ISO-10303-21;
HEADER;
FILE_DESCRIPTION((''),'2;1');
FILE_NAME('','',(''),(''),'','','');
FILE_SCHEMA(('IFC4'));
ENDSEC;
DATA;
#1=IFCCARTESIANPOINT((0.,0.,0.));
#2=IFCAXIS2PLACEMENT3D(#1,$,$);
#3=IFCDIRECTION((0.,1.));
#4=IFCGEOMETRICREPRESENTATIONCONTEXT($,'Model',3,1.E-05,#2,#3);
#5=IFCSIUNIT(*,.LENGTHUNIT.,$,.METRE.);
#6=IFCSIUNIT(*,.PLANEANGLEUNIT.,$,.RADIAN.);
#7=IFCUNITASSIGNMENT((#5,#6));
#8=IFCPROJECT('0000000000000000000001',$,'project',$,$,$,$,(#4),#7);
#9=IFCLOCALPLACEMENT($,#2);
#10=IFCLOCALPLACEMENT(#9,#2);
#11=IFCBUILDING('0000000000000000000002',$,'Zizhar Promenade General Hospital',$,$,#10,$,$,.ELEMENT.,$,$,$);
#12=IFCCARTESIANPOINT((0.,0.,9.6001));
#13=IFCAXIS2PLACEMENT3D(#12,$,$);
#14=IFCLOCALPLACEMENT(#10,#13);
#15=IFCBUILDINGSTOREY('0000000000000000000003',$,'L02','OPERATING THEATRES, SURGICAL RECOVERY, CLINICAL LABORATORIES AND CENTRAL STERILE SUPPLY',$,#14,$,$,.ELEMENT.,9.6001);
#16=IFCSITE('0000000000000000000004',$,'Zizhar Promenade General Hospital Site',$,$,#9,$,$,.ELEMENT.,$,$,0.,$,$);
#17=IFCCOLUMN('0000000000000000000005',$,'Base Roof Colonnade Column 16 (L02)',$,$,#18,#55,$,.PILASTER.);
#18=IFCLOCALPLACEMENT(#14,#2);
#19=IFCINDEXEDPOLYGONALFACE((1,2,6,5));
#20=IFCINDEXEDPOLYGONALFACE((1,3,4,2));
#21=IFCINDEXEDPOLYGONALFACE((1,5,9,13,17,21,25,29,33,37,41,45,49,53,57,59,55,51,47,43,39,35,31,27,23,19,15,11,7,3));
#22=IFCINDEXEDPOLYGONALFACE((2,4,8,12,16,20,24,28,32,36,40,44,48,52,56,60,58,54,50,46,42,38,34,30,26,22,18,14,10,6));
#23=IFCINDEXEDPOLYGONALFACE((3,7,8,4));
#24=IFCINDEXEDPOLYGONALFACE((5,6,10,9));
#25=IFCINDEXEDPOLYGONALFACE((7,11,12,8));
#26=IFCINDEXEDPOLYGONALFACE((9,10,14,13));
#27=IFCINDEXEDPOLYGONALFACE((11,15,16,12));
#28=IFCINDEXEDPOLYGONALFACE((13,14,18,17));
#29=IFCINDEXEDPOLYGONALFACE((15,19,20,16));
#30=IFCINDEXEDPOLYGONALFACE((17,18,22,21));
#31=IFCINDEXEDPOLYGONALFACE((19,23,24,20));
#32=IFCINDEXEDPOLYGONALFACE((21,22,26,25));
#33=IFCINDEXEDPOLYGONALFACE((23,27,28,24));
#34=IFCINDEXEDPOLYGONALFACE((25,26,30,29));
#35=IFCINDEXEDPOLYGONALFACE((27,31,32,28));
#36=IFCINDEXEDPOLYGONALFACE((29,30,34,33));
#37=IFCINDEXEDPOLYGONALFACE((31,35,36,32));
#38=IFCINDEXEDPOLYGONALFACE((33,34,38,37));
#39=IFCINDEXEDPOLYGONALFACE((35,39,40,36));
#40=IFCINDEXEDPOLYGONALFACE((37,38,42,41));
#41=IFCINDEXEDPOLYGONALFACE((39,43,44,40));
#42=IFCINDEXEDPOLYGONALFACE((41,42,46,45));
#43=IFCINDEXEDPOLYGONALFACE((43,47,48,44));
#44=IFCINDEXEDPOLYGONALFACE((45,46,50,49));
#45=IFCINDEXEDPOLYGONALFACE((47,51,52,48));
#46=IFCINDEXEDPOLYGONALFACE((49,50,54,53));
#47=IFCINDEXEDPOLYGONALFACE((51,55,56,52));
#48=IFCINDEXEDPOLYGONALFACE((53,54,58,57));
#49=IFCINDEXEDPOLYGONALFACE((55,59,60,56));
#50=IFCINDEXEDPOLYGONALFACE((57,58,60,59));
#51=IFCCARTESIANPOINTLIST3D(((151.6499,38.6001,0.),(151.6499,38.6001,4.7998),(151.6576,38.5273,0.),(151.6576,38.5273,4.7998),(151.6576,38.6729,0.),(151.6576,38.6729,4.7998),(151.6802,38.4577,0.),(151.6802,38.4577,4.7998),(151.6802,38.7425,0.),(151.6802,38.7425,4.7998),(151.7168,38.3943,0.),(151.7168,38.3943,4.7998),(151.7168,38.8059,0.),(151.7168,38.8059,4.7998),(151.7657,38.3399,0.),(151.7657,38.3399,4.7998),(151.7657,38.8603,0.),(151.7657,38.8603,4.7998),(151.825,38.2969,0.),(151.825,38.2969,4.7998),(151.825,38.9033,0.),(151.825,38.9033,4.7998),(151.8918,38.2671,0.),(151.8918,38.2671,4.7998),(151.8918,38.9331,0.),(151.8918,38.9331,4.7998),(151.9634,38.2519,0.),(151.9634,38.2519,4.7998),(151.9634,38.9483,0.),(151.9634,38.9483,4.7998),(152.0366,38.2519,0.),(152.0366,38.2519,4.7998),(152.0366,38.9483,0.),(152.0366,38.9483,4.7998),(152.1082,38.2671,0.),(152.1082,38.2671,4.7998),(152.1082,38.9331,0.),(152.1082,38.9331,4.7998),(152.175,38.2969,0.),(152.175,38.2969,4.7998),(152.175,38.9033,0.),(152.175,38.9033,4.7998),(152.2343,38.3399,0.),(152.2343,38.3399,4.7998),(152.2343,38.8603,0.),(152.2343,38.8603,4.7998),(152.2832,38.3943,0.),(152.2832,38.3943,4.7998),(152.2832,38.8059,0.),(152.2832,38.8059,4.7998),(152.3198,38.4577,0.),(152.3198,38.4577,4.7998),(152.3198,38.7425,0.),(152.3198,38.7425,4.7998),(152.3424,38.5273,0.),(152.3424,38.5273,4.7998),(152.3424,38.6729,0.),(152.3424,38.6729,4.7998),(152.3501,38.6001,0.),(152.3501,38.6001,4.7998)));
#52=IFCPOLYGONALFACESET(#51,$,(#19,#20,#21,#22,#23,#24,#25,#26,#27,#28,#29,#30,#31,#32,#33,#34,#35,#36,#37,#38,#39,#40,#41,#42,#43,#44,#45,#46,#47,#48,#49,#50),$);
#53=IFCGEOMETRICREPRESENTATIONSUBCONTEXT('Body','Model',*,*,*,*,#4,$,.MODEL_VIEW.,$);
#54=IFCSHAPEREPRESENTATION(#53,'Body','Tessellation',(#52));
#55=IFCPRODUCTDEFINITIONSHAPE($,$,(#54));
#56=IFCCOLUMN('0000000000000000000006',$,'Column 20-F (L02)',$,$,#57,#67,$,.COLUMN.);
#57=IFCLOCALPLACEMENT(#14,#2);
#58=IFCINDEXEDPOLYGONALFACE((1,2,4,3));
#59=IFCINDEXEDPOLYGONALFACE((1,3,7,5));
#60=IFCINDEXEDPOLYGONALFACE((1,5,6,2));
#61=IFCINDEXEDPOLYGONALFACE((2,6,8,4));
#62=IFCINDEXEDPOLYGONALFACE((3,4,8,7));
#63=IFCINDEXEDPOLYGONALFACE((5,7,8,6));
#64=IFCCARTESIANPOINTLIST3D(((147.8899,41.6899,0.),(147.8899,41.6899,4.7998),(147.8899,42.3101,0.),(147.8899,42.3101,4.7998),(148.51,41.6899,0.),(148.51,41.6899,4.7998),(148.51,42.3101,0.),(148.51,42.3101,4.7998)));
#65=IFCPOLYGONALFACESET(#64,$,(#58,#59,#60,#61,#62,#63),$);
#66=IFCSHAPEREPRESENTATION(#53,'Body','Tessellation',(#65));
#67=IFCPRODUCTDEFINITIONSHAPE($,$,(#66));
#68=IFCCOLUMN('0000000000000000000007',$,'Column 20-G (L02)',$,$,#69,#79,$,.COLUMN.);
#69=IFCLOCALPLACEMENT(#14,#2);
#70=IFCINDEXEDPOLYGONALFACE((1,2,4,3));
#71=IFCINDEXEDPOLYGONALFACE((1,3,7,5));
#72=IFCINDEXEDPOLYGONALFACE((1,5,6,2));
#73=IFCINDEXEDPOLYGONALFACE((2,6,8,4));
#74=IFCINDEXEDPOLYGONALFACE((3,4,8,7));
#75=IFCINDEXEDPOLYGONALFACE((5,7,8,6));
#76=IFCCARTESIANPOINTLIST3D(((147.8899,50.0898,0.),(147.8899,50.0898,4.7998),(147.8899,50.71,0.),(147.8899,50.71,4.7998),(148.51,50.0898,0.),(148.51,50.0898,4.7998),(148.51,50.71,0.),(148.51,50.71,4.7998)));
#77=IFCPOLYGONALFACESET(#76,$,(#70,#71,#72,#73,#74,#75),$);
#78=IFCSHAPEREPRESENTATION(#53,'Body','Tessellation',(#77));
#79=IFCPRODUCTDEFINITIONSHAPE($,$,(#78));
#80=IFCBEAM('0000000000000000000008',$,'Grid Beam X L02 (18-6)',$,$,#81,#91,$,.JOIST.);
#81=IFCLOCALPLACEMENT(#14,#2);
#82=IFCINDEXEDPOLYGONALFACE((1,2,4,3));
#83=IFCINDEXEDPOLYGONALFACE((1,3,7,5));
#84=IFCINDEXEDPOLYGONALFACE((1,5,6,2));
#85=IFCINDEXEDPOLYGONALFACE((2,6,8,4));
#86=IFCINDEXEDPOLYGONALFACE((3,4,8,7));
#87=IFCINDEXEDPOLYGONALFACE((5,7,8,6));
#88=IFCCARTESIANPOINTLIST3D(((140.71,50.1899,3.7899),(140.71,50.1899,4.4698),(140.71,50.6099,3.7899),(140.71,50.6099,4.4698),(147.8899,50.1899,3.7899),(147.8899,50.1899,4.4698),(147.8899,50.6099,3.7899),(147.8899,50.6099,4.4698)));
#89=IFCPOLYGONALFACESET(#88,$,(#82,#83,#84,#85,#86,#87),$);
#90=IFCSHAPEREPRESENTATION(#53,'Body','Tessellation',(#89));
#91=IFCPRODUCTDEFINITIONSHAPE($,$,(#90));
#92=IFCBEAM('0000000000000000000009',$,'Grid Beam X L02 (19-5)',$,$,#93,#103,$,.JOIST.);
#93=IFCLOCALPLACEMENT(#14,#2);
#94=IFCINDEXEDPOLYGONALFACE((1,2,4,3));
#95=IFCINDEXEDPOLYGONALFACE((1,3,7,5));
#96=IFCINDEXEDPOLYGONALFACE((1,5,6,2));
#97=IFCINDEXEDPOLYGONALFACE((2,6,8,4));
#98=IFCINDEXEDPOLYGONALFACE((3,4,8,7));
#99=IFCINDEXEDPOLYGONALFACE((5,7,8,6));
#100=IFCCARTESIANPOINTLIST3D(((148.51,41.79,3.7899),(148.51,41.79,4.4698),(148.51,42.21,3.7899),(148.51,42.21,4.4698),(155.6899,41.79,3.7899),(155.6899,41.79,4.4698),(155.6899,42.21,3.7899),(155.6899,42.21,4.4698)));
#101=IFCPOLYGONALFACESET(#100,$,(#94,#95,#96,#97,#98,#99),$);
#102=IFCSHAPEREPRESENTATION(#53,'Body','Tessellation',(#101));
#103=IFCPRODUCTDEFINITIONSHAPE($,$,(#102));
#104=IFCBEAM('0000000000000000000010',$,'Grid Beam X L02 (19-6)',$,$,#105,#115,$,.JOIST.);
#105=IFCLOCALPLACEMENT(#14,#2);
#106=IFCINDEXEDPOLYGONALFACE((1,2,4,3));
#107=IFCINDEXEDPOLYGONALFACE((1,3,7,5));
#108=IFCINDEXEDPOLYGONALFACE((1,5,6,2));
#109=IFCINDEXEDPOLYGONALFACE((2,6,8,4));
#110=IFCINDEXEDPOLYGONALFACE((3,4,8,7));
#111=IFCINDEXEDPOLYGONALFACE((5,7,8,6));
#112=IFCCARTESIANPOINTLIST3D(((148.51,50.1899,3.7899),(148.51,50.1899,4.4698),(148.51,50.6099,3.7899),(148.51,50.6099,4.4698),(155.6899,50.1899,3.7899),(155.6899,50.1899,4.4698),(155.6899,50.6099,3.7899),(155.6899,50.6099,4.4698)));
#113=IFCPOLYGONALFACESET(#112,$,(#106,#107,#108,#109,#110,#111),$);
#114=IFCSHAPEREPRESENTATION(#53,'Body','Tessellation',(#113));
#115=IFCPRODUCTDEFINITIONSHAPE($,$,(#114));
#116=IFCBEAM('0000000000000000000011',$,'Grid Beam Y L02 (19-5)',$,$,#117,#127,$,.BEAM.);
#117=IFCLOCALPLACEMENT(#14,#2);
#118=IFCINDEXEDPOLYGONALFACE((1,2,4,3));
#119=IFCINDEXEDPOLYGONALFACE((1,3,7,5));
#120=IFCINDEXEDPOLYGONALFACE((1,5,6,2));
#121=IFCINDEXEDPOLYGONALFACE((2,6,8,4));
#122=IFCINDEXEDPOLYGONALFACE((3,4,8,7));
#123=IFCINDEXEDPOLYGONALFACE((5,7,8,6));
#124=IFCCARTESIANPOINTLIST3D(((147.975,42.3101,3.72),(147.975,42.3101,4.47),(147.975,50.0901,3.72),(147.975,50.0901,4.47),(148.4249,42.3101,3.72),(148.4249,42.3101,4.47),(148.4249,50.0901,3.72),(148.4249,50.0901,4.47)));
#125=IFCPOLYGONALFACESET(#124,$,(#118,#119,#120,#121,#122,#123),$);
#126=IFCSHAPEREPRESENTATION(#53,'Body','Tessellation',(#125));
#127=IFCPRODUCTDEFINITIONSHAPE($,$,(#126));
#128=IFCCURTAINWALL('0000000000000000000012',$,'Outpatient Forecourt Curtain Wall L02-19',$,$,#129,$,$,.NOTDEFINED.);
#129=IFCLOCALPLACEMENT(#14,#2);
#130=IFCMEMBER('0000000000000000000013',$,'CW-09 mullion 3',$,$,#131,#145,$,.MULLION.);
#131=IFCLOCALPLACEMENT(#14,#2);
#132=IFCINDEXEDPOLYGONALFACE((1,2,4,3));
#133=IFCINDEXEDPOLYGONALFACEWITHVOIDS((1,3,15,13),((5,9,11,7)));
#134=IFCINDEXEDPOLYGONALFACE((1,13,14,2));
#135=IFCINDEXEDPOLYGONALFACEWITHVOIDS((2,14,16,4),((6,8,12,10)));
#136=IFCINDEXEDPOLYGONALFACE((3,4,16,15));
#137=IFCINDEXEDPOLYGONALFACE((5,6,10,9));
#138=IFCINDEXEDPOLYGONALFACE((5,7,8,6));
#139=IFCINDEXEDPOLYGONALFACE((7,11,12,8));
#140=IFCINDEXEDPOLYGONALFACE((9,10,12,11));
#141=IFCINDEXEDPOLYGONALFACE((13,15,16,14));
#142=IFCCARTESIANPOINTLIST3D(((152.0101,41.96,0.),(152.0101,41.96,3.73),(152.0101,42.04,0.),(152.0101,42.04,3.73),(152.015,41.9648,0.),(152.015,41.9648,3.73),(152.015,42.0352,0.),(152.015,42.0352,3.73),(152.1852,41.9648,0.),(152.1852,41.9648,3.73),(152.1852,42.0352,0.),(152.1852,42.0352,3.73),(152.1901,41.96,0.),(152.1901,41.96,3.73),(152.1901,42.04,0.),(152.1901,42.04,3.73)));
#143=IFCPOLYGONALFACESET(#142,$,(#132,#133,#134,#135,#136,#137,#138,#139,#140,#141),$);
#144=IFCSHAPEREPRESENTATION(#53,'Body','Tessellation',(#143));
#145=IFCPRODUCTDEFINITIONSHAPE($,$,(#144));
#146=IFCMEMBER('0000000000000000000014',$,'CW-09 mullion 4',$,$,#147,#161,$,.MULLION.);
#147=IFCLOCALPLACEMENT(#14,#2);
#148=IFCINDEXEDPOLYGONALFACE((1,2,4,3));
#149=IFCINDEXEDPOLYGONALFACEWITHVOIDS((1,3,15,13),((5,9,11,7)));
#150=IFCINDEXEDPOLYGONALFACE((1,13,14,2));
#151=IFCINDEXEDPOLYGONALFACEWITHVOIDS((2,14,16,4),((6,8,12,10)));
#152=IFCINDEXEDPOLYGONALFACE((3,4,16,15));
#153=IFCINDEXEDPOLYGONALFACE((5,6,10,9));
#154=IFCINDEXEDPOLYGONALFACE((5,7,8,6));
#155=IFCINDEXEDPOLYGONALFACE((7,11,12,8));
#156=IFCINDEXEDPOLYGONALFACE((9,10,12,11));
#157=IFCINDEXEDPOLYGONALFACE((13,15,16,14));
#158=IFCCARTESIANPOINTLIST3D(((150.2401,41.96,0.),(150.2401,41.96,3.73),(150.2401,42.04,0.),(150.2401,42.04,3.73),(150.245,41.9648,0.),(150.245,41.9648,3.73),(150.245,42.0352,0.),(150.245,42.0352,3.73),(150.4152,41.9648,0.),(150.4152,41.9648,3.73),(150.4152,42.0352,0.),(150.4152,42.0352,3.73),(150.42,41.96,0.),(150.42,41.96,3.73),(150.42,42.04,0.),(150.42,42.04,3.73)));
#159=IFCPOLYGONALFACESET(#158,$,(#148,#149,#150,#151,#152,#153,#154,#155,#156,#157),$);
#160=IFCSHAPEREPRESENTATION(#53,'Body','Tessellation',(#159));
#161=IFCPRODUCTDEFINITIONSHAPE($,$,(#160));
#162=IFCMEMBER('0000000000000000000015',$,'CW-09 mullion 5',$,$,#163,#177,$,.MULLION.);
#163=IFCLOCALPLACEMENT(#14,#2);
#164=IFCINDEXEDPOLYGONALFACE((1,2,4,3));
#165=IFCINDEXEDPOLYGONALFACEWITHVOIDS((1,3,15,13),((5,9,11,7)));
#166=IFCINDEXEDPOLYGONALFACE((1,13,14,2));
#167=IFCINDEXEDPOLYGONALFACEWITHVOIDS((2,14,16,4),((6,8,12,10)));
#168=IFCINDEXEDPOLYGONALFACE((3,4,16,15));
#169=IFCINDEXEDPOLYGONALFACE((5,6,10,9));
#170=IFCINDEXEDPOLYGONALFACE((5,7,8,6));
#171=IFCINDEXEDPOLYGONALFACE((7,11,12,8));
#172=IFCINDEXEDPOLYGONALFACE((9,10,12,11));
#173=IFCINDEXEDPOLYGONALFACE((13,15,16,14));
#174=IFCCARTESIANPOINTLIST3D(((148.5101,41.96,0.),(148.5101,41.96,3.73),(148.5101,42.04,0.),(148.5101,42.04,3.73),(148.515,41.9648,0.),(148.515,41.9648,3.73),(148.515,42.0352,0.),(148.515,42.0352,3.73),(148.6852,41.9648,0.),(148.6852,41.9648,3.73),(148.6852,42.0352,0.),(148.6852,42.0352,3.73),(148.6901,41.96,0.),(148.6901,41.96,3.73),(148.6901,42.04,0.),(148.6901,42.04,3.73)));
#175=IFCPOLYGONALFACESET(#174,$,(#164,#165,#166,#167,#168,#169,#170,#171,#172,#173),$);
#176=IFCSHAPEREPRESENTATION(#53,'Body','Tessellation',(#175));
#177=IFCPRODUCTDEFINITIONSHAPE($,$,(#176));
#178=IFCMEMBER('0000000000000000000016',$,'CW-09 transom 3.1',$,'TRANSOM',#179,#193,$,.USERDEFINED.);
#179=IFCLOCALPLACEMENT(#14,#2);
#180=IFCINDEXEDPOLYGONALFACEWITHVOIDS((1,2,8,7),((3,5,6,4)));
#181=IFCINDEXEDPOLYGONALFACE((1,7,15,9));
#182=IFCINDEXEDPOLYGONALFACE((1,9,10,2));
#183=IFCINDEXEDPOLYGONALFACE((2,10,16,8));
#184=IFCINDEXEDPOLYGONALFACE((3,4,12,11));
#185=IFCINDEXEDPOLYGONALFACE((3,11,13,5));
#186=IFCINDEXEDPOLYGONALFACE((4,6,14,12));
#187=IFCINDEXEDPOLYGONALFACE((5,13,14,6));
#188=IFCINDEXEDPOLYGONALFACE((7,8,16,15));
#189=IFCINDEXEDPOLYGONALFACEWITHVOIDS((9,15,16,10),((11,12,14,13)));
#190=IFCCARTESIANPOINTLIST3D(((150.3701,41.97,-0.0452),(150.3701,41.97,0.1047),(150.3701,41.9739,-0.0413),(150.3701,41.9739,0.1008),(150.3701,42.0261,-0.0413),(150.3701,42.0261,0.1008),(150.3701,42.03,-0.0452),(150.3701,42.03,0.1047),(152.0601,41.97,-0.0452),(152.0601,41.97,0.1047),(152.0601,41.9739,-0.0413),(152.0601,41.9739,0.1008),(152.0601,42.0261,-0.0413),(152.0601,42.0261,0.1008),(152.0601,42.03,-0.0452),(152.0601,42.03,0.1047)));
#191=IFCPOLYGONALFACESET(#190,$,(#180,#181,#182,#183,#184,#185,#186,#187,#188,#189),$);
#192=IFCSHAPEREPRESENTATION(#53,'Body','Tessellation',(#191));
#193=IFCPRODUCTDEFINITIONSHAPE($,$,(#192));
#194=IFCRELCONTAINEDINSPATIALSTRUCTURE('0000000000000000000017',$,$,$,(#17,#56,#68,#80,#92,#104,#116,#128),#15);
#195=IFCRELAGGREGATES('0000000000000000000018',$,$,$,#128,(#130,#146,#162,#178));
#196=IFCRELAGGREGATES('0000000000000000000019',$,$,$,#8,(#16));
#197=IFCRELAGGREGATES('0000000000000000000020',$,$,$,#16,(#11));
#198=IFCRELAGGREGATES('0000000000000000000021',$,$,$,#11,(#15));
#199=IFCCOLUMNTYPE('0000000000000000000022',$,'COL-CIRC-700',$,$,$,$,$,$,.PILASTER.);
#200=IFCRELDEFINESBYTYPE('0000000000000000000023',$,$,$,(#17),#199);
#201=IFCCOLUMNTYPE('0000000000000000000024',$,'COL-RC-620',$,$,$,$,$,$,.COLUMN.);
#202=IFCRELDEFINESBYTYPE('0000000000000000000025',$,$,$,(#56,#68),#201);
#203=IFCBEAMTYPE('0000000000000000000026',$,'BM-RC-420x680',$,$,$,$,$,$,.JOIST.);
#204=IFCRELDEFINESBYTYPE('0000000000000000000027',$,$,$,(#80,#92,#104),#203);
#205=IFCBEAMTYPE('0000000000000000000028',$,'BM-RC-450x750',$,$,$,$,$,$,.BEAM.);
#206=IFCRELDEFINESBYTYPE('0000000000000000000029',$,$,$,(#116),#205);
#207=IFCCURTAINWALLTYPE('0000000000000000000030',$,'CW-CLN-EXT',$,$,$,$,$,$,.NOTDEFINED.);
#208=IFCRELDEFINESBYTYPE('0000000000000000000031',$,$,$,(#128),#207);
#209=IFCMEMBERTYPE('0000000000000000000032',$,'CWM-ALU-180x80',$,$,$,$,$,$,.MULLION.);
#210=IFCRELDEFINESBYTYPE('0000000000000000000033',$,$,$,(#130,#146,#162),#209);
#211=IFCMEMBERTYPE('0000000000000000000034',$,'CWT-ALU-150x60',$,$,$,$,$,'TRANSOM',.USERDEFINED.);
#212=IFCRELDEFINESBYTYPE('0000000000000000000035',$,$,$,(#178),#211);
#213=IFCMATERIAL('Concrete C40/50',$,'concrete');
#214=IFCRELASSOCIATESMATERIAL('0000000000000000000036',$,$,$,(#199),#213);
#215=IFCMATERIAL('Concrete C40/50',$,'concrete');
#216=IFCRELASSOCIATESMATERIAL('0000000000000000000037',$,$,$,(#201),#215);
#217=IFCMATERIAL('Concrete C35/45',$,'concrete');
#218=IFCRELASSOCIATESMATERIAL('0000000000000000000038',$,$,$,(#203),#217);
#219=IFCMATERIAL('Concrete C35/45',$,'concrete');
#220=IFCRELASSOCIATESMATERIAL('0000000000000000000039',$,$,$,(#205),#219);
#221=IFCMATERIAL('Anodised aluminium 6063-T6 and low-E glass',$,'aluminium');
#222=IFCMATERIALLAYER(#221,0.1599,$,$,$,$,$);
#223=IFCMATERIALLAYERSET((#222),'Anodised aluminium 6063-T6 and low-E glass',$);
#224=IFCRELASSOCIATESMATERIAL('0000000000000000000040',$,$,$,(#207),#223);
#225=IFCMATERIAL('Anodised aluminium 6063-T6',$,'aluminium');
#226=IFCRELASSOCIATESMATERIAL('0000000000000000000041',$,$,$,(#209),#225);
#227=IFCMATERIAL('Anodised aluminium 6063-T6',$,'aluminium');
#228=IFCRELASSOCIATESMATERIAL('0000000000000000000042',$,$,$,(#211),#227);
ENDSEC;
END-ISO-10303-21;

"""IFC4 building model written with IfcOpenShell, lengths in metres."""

from ifc_helpers import new_model, si_unit, direction, frame, origin, origin_2d, place, context, subcontext, project, spatial, rectangle, hollow_rectangle, circle, extrude, material, layer, layer_set, material_profile, profile_set, type_object, element, aggregate, save


model = new_model("IFC4")

# Units and contexts
model_context = context("Model", 3, precision=1e-05, world=origin(), true_north=direction((0.0, 1.0)))
body_context = subcontext(model_context, "Body", "Model", "MODEL_VIEW")
ifc_project = project(units=[si_unit("LENGTHUNIT", "METRE"), si_unit("PLANEANGLEUNIT", "RADIAN")], contexts=[model_context])

# Site, building, storey
site_placement = place(None, origin())
site = spatial("IfcSite", under=ifc_project, at=site_placement, Name="Zizhar Promenade General Hospital Site", CompositionType="ELEMENT", RefElevation=0.0)
building_placement = place(site_placement, origin())
building = spatial("IfcBuilding", under=site, at=building_placement, Name="Zizhar Promenade General Hospital", CompositionType="ELEMENT")
storey_placement = place(building_placement, frame((0.0, 0.0, 9.6001)))
storey = spatial("IfcBuildingStorey", under=building, at=storey_placement, Name="L02", Description="OPERATING THEATRES, SURGICAL RECOVERY, CLINICAL LABORATORIES AND CENTRAL STERILE SUPPLY", CompositionType="ELEMENT", Elevation=9.6001)

# Columns
ifc_material_1 = material(Name="Concrete C40/50", Category="concrete")
ifc_material_profile_1 = material_profile(ifc_material_1, circle(Radius=0.3501, at=origin_2d()))
ifc_profile_set_1 = profile_set([ifc_material_profile_1], Name="Concrete C40/50")
column_type_1 = type_object("IfcColumnType", Name="COL-CIRC-700", PredefinedType="PILASTER", material=ifc_profile_set_1)
column_placement = place(storey_placement, frame((152.0, 38.6001, 0.0), z_axis=(0.0, 0.0, 1.0), x_axis=(1.0, 0.0, 0.0)))
element("IfcColumn", 1, at=column_placement, inside=storey, type_object=column_type_1, Name="Base Roof Colonnade Column 16 (L02)", PredefinedType="PILASTER", context=body_context, shape_type="SweptSolid", body=[
    extrude(circle(Radius=0.3501, at=origin_2d()), origin(), (0.0, 0.0, 1.0), 4.7998),
])
ifc_material_2 = material(Name="Concrete C40/50", Category="concrete")
ifc_material_profile_2 = material_profile(ifc_material_2, rectangle(XDim=0.6201, YDim=0.6201, at=origin_2d()))
ifc_profile_set_2 = profile_set([ifc_material_profile_2], Name="Concrete C40/50")
column_type_2 = type_object("IfcColumnType", Name="COL-RC-620", PredefinedType="COLUMN", material=ifc_profile_set_2)
for number, where, z_axis, x_axis, name in (
    (2, (148.2, 42.0, 0.0), (0.0, 0.0, 1.0), (1.0, 0.0, 0.0), "Column 20-F (L02)"),
    (3, (148.2, 50.3999, 0.0), (0.0, 0.0, 1.0), (1.0, 0.0, 0.0), "Column 20-G (L02)"),
):
    element("IfcColumn", number, at=place(storey_placement, frame(where, z_axis=z_axis, x_axis=x_axis)), inside=storey, type_object=column_type_2, Name=name, PredefinedType="COLUMN", context=body_context, shape_type="SweptSolid", body=[
        extrude(rectangle(XDim=0.6201, YDim=0.6201, at=origin_2d()), origin(), (0.0, 0.0, 1.0), 4.7998),
    ])

# Beams
ifc_material_3 = material(Name="Concrete C35/45", Category="concrete")
ifc_material_profile_3 = material_profile(ifc_material_3, rectangle(XDim=0.4199, YDim=0.6799, at=origin_2d()))
ifc_profile_set_3 = profile_set([ifc_material_profile_3], Name="Concrete C35/45")
beam_type_1 = type_object("IfcBeamType", Name="BM-RC-420x680", PredefinedType="JOIST", material=ifc_profile_set_3)
for number, where, z_axis, x_axis, name in (
    (4, (140.71, 50.3999, 4.1299), (1.0, 0.0, 0.0), (0.0, 1.0, 0.0), "Grid Beam X L02 (18-6)"),
    (5, (148.51, 42.0, 4.1299), (1.0, 0.0, 0.0), (0.0, 1.0, 0.0), "Grid Beam X L02 (19-5)"),
    (6, (148.51, 50.3999, 4.1299), (1.0, 0.0, 0.0), (0.0, 1.0, 0.0), "Grid Beam X L02 (19-6)"),
):
    element("IfcBeam", number, at=place(storey_placement, frame(where, z_axis=z_axis, x_axis=x_axis)), inside=storey, type_object=beam_type_1, Name=name, PredefinedType="JOIST", context=body_context, shape_type="SweptSolid", body=[
        extrude(rectangle(XDim=0.4199, YDim=0.6799, at=origin_2d()), origin(), (0.0, 0.0, 1.0), 7.1799),
    ])
ifc_material_4 = material(Name="Concrete C35/45", Category="concrete")
ifc_material_profile_4 = material_profile(ifc_material_4, rectangle(XDim=0.45, YDim=0.75, at=origin_2d()))
ifc_profile_set_4 = profile_set([ifc_material_profile_4], Name="Concrete C35/45")
beam_type_2 = type_object("IfcBeamType", Name="BM-RC-450x750", PredefinedType="BEAM", material=ifc_profile_set_4)
beam_placement = place(storey_placement, frame((148.2, 42.3101, 4.095), z_axis=(0.0, 1.0, 0.0), x_axis=(-1.0, 0.0, 0.0)))
element("IfcBeam", 7, at=beam_placement, inside=storey, type_object=beam_type_2, Name="Grid Beam Y L02 (19-5)", PredefinedType="BEAM", context=body_context, shape_type="SweptSolid", body=[
    extrude(rectangle(XDim=0.45, YDim=0.75, at=origin_2d()), origin(), (0.0, 0.0, 1.0), 7.78),
])

# Curtain wall, members
ifc_material_5 = material(Name="Anodised aluminium 6063-T6 and low-E glass", Category="aluminium")
ifc_layer_1 = layer(ifc_material_5, 0.1599)
ifc_layer_set_1 = layer_set([ifc_layer_1], Name="Anodised aluminium 6063-T6 and low-E glass")
curtain_wall_type = type_object("IfcCurtainWallType", Name="CW-CLN-EXT", PredefinedType="NOTDEFINED", material=ifc_layer_set_1)
curtain_wall_placement = place(storey_placement, origin())
curtain_wall = element("IfcCurtainWall", 8, at=curtain_wall_placement, inside=storey, type_object=curtain_wall_type, Name="Outpatient Forecourt Curtain Wall L02-19", PredefinedType="NOTDEFINED")
ifc_material_6 = material(Name="Anodised aluminium 6063-T6", Category="aluminium")
ifc_material_profile_5 = material_profile(ifc_material_6, hollow_rectangle(XDim=0.0801, YDim=0.1799, WallThickness=0.0049, at=origin_2d()))
ifc_profile_set_5 = profile_set([ifc_material_profile_5], Name="Anodised aluminium 6063-T6")
member_type_1 = type_object("IfcMemberType", Name="CWM-ALU-180x80", PredefinedType="MULLION", material=ifc_profile_set_5)
member_1_placement = place(storey_placement, frame((152.1001, 42.0, 0.0), z_axis=(0.0, 0.0, 1.0), x_axis=(0.0, -1.0, 0.0)))
member_1 = element("IfcMember", 9, at=member_1_placement, type_object=member_type_1, Name="CW-09 mullion 3", PredefinedType="MULLION", context=body_context, shape_type="SweptSolid", body=[
    extrude(hollow_rectangle(XDim=0.0801, YDim=0.1799, WallThickness=0.0049, at=origin_2d()), origin(), (0.0, 0.0, 1.0), 3.73),
])
member_2_placement = place(storey_placement, frame((150.3301, 42.0, 0.0), z_axis=(0.0, 0.0, 1.0), x_axis=(0.0, -1.0, 0.0)))
member_2 = element("IfcMember", 10, at=member_2_placement, type_object=member_type_1, Name="CW-09 mullion 4", PredefinedType="MULLION", context=body_context, shape_type="SweptSolid", body=[
    extrude(hollow_rectangle(XDim=0.0801, YDim=0.1799, WallThickness=0.0049, at=origin_2d()), origin(), (0.0, 0.0, 1.0), 3.73),
])
member_3_placement = place(storey_placement, frame((148.6001, 42.0, 0.0), z_axis=(0.0, 0.0, 1.0), x_axis=(0.0, -1.0, 0.0)))
member_3 = element("IfcMember", 11, at=member_3_placement, type_object=member_type_1, Name="CW-09 mullion 5", PredefinedType="MULLION", context=body_context, shape_type="SweptSolid", body=[
    extrude(hollow_rectangle(XDim=0.0801, YDim=0.1799, WallThickness=0.0049, at=origin_2d()), origin(), (0.0, 0.0, 1.0), 3.73),
])
ifc_material_7 = material(Name="Anodised aluminium 6063-T6", Category="aluminium")
ifc_material_profile_6 = material_profile(ifc_material_7, hollow_rectangle(XDim=0.0601, YDim=0.1499, WallThickness=0.0039, at=origin_2d()))
ifc_profile_set_6 = profile_set([ifc_material_profile_6], Name="Anodised aluminium 6063-T6")
member_type_2 = type_object("IfcMemberType", Name="CWT-ALU-150x60", ElementType="TRANSOM", PredefinedType="USERDEFINED", material=ifc_profile_set_6)
member_4_placement = place(storey_placement, frame((152.0601, 42.0, 0.0298), z_axis=(-1.0, 0.0, 0.0), x_axis=(0.0, -1.0, 0.0)))
member_4 = element("IfcMember", 12, at=member_4_placement, type_object=member_type_2, Name="CW-09 transom 3.1", ObjectType="TRANSOM", PredefinedType="USERDEFINED", context=body_context, shape_type="SweptSolid", body=[
    extrude(hollow_rectangle(XDim=0.0601, YDim=0.1499, WallThickness=0.0039, at=origin_2d()), origin(), (0.0, 0.0, 1.0), 1.6899),
])
aggregate(curtain_wall, [member_1, member_2, member_3, member_4])

save(model, "model.ifc")
